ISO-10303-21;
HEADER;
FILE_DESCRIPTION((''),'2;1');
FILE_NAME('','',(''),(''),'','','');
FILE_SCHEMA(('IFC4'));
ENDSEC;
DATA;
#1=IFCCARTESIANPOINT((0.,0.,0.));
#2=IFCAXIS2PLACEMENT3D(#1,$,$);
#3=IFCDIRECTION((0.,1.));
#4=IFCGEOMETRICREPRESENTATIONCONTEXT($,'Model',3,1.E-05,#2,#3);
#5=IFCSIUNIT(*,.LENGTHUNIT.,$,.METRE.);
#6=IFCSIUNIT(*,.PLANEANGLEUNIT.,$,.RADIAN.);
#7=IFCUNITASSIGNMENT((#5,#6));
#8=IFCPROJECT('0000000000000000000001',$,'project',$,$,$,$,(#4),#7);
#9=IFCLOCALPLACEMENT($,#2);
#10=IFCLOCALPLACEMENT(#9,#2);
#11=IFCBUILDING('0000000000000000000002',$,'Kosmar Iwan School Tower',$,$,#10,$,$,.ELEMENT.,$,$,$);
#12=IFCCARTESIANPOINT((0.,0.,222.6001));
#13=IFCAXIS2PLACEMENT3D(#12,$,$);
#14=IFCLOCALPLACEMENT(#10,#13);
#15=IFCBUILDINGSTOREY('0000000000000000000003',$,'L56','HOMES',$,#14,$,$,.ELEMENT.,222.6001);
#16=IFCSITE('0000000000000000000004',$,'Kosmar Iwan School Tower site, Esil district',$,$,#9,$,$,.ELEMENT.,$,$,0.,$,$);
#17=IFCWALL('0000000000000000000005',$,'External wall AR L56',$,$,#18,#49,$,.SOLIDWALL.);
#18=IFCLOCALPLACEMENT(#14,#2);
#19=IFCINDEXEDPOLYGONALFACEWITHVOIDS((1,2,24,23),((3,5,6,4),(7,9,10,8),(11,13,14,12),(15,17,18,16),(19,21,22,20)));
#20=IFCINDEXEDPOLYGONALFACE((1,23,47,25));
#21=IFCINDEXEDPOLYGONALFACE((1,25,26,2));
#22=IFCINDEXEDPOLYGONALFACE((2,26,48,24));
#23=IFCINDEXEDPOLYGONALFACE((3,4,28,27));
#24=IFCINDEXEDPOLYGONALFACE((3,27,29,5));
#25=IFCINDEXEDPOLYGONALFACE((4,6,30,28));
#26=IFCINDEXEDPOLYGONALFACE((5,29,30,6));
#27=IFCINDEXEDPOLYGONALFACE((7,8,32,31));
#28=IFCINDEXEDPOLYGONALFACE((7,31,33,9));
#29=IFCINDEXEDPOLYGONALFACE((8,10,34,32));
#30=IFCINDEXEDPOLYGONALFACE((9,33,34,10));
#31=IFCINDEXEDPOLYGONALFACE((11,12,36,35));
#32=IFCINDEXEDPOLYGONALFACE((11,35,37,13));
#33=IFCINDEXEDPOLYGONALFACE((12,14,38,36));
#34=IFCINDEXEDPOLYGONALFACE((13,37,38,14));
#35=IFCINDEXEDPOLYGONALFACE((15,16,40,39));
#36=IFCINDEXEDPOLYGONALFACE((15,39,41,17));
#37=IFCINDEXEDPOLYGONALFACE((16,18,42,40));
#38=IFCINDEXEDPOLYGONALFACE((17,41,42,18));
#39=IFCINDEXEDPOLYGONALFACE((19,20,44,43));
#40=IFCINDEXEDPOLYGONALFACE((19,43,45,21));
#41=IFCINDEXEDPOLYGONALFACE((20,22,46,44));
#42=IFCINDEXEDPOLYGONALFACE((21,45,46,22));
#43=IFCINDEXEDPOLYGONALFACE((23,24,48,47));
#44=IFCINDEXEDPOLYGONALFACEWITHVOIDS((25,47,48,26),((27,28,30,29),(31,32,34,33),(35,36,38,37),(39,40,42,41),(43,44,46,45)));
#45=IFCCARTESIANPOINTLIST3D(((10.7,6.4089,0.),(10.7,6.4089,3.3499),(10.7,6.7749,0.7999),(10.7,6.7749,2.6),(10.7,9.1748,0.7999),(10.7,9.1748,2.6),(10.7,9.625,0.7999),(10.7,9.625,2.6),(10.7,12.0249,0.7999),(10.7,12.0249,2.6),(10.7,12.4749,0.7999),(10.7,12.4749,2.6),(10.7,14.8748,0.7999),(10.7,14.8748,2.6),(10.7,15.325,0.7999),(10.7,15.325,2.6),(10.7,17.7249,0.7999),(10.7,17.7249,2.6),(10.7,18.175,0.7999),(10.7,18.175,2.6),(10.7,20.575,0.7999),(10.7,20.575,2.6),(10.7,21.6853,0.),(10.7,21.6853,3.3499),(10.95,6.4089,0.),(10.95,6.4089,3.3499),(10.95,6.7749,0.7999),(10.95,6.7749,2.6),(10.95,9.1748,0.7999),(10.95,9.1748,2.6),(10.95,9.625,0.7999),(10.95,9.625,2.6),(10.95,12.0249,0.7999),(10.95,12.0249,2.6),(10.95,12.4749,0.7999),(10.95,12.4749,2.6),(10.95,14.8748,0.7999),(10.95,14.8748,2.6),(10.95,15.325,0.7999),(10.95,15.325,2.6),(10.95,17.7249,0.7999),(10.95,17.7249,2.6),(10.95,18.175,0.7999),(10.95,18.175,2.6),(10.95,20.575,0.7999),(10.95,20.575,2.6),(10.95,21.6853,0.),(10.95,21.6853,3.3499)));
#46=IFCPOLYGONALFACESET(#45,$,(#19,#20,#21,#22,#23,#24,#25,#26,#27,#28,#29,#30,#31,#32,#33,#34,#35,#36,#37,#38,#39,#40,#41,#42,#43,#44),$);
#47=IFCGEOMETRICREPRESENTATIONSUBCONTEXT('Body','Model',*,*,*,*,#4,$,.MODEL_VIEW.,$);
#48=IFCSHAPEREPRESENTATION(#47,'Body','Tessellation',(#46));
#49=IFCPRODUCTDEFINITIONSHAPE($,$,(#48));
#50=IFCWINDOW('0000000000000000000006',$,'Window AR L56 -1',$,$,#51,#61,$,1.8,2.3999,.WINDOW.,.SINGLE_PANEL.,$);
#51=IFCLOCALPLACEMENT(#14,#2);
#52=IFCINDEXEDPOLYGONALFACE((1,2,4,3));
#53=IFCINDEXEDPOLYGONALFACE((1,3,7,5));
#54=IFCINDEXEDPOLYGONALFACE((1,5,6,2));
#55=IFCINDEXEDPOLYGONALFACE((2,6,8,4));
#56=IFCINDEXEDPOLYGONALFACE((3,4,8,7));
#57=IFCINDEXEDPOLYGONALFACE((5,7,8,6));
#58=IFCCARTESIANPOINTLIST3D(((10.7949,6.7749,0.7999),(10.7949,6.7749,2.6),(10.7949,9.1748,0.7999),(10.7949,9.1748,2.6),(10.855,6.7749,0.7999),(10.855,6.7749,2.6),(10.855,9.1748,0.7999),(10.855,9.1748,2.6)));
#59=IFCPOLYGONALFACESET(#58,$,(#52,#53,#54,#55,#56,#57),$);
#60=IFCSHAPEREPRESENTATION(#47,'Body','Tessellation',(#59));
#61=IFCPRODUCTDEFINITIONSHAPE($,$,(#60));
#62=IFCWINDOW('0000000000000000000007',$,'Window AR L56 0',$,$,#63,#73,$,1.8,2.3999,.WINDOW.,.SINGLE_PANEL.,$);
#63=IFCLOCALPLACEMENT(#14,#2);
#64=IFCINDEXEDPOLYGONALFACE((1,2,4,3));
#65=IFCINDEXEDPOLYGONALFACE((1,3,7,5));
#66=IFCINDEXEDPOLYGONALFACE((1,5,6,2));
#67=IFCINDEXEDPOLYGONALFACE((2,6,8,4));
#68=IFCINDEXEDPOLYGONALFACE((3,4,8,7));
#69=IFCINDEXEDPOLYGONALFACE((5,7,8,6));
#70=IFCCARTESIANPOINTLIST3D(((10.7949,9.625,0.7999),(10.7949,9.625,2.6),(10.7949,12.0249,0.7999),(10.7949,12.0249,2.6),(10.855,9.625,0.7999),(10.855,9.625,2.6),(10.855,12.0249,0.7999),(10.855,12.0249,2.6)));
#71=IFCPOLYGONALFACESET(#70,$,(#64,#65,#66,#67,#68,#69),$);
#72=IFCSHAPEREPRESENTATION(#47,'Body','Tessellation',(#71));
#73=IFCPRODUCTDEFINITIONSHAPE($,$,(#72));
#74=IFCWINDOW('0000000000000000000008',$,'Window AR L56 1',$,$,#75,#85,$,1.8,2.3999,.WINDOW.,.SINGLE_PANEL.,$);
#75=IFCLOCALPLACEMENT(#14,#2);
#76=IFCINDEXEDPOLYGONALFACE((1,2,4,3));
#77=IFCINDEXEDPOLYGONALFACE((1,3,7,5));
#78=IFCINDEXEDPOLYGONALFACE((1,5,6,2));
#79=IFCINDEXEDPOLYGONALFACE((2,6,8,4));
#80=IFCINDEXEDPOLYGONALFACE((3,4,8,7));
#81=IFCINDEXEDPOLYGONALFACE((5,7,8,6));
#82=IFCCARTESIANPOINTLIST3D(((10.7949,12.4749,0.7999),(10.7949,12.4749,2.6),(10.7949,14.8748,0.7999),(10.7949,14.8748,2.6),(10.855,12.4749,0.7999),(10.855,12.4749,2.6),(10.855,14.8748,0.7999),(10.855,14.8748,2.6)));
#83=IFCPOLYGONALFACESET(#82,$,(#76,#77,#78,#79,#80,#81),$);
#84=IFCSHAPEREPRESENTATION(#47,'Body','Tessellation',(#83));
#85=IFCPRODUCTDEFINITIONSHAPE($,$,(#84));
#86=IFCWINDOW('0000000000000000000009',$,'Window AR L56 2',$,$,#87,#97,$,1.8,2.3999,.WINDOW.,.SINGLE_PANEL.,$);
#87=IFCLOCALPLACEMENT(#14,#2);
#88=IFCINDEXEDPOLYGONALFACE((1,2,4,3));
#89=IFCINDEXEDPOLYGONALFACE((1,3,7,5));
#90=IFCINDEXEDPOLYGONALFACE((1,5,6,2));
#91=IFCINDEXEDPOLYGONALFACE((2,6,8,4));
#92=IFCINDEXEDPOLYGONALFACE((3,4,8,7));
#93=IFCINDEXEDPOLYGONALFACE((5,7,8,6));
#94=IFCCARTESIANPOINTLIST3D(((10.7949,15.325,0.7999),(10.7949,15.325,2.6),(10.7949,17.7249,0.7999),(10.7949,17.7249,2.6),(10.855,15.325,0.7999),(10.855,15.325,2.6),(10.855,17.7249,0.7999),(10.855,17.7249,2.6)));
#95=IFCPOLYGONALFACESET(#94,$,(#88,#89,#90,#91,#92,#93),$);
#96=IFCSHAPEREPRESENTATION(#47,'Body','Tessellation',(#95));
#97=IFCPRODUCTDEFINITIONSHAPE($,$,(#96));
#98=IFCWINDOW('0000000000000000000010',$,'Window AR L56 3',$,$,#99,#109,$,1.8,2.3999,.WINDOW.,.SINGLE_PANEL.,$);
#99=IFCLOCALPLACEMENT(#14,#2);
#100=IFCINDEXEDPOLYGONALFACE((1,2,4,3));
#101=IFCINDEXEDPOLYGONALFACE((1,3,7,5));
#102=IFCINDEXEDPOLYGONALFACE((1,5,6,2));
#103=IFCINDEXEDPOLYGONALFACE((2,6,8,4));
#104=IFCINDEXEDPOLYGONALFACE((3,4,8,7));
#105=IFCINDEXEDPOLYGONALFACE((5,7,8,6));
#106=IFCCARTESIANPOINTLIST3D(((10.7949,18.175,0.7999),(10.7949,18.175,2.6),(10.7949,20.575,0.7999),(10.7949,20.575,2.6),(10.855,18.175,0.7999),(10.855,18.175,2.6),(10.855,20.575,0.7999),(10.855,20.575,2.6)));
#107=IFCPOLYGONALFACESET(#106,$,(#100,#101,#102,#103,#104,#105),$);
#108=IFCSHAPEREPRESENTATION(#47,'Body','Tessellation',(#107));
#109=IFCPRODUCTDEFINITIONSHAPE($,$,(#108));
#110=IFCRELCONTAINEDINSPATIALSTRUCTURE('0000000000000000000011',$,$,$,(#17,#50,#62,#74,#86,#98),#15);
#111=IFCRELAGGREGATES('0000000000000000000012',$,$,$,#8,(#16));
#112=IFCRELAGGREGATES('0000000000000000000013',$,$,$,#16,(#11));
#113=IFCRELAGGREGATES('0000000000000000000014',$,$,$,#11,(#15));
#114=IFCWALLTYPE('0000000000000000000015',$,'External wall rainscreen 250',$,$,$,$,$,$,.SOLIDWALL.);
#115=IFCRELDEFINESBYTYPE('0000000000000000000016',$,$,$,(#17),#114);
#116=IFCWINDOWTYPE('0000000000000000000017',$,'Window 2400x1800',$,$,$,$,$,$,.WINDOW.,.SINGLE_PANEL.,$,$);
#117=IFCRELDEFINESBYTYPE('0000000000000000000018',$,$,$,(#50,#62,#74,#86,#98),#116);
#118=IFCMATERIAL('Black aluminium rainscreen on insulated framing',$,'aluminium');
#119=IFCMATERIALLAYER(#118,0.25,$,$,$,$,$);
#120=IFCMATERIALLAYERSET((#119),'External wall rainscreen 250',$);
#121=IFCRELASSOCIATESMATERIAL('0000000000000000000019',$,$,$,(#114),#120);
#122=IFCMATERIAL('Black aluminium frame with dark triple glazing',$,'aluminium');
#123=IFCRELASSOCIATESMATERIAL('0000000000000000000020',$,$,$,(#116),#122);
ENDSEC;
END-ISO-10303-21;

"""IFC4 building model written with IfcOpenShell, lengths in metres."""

from ifc_helpers import new_model, si_unit, direction, frame, frame_2d, origin, place, context, subcontext, project, spatial, rectangle, extrude, material, layer, layer_set, type_object, element, fill, save


model = new_model("IFC4")

# Units and contexts
model_context = context("Model", 3, precision=1e-05, world=origin(), true_north=direction((0.0, 1.0)))
body_context = subcontext(model_context, "Body", "Model", "MODEL_VIEW")
ifc_project = project(units=[si_unit("LENGTHUNIT", "METRE"), si_unit("PLANEANGLEUNIT", "RADIAN")], contexts=[model_context])

# Site, building, storey
site_placement = place(None, origin())
site = spatial("IfcSite", under=ifc_project, at=site_placement, Name="Kosmar Iwan School Tower site, Esil district", CompositionType="ELEMENT", RefElevation=0.0)
building_placement = place(site_placement, origin())
building = spatial("IfcBuilding", under=site, at=building_placement, Name="Kosmar Iwan School Tower", CompositionType="ELEMENT")
storey_placement = place(building_placement, frame((0.0, 0.0, 222.6001)))
storey = spatial("IfcBuildingStorey", under=building, at=storey_placement, Name="L56", Description="HOMES", CompositionType="ELEMENT", Elevation=222.6001)

# Wall, openings, windows
ifc_material_1 = material(Name="Black aluminium rainscreen on insulated framing", Category="aluminium")
ifc_layer_1 = layer(ifc_material_1, 0.25)
ifc_layer_set_1 = layer_set([ifc_layer_1], Name="External wall rainscreen 250")
wall_type_1 = type_object("IfcWallType", Name="External wall rainscreen 250", PredefinedType="SOLIDWALL", material=ifc_layer_set_1)
ifc_material_2 = material(Name="Black aluminium frame with dark triple glazing", Category="aluminium")
window_type = type_object("IfcWindowType", Name="Window 2400x1800", PartitioningType="SINGLE_PANEL", PredefinedType="WINDOW", material=ifc_material_2)
wall_1_placement = place(storey_placement, frame((10.825, 6.4089, 0.0), z_axis=(0.0, 0.0, 1.0), x_axis=(0.0, 1.0, 0.0)))
wall_1 = element("IfcWall", 1, at=wall_1_placement, inside=storey, type_object=wall_type_1, Name="External wall AR L56", PredefinedType="SOLIDWALL", context=body_context, shape_type="SweptSolid", body=[
    extrude(rectangle(XDim=15.2764, YDim=0.25, at=frame_2d((7.6382, 0.0))), origin(), (0.0, 0.0, 1.0), 3.3499),
])
opening_1_placement = place(wall_1_placement, frame((0.366, 0.0, 0.8)))
opening_1 = element("IfcOpeningElement", 2, at=opening_1_placement, cuts=wall_1, PredefinedType="OPENING", context=body_context, shape_type="SweptSolid", body=[
    extrude(rectangle(XDim=2.3999, YDim=1.8, at=frame_2d((1.2, 0.8999))), frame((0.0, 0.137, 0.0), z_axis=(0.0, -1.0, 0.0), x_axis=(1.0, 0.0, 0.0)), (0.0, 0.0, 1.0), 0.2739),
])
opening_2_placement = place(wall_1_placement, frame((3.2161, 0.0, 0.8)))
opening_2 = element("IfcOpeningElement", 3, at=opening_2_placement, cuts=wall_1, PredefinedType="OPENING", context=body_context, shape_type="SweptSolid", body=[
    extrude(rectangle(XDim=2.3999, YDim=1.8, at=frame_2d((1.2, 0.8999))), frame((0.0, 0.137, 0.0), z_axis=(0.0, -1.0, 0.0), x_axis=(1.0, 0.0, 0.0)), (0.0, 0.0, 1.0), 0.2739),
])
opening_3_placement = place(wall_1_placement, frame((6.0659, 0.0, 0.8)))
opening_3 = element("IfcOpeningElement", 4, at=opening_3_placement, cuts=wall_1, PredefinedType="OPENING", context=body_context, shape_type="SweptSolid", body=[
    extrude(rectangle(XDim=2.3999, YDim=1.8, at=frame_2d((1.2, 0.8999))), frame((0.0, 0.137, 0.0), z_axis=(0.0, -1.0, 0.0), x_axis=(1.0, 0.0, 0.0)), (0.0, 0.0, 1.0), 0.2739),
])
opening_4_placement = place(wall_1_placement, frame((8.916, 0.0, 0.8)))
opening_4 = element("IfcOpeningElement", 5, at=opening_4_placement, cuts=wall_1, PredefinedType="OPENING", context=body_context, shape_type="SweptSolid", body=[
    extrude(rectangle(XDim=2.3999, YDim=1.8, at=frame_2d((1.2, 0.8999))), frame((0.0, 0.137, 0.0), z_axis=(0.0, -1.0, 0.0), x_axis=(1.0, 0.0, 0.0)), (0.0, 0.0, 1.0), 0.2739),
])
opening_5_placement = place(wall_1_placement, frame((11.7661, 0.0, 0.8)))
opening_5 = element("IfcOpeningElement", 6, at=opening_5_placement, cuts=wall_1, PredefinedType="OPENING", context=body_context, shape_type="SweptSolid", body=[
    extrude(rectangle(XDim=2.3999, YDim=1.8, at=frame_2d((1.2, 0.8999))), frame((0.0, 0.137, 0.0), z_axis=(0.0, -1.0, 0.0), x_axis=(1.0, 0.0, 0.0)), (0.0, 0.0, 1.0), 0.2739),
])
window_1_placement = place(opening_1_placement, origin())
window_1 = element("IfcWindow", 7, at=window_1_placement, inside=storey, type_object=window_type, Name="Window AR L56 -1", OverallHeight=1.8, OverallWidth=2.3999, PartitioningType="SINGLE_PANEL", PredefinedType="WINDOW", context=body_context, shape_type="SweptSolid", body=[
    extrude(rectangle(XDim=2.3999, YDim=1.8, at=frame_2d((1.2, 0.8999))), frame((0.0, 0.03, 0.0), z_axis=(0.0, -1.0, 0.0), x_axis=(1.0, 0.0, 0.0)), (0.0, 0.0, 1.0), 0.0601),
])
fill(opening_1, window_1)
window_2_placement = place(opening_2_placement, origin())
window_2 = element("IfcWindow", 8, at=window_2_placement, inside=storey, type_object=window_type, Name="Window AR L56 0", OverallHeight=1.8, OverallWidth=2.3999, PartitioningType="SINGLE_PANEL", PredefinedType="WINDOW", context=body_context, shape_type="SweptSolid", body=[
    extrude(rectangle(XDim=2.3999, YDim=1.8, at=frame_2d((1.2, 0.8999))), frame((0.0, 0.03, 0.0), z_axis=(0.0, -1.0, 0.0), x_axis=(1.0, 0.0, 0.0)), (0.0, 0.0, 1.0), 0.0601),
])
fill(opening_2, window_2)
window_3_placement = place(opening_3_placement, origin())
window_3 = element("IfcWindow", 9, at=window_3_placement, inside=storey, type_object=window_type, Name="Window AR L56 1", OverallHeight=1.8, OverallWidth=2.3999, PartitioningType="SINGLE_PANEL", PredefinedType="WINDOW", context=body_context, shape_type="SweptSolid", body=[
    extrude(rectangle(XDim=2.3999, YDim=1.8, at=frame_2d((1.2, 0.8999))), frame((0.0, 0.03, 0.0), z_axis=(0.0, -1.0, 0.0), x_axis=(1.0, 0.0, 0.0)), (0.0, 0.0, 1.0), 0.0601),
])
fill(opening_3, window_3)
window_4_placement = place(opening_4_placement, origin())
window_4 = element("IfcWindow", 10, at=window_4_placement, inside=storey, type_object=window_type, Name="Window AR L56 2", OverallHeight=1.8, OverallWidth=2.3999, PartitioningType="SINGLE_PANEL", PredefinedType="WINDOW", context=body_context, shape_type="SweptSolid", body=[
    extrude(rectangle(XDim=2.3999, YDim=1.8, at=frame_2d((1.2, 0.8999))), frame((0.0, 0.03, 0.0), z_axis=(0.0, -1.0, 0.0), x_axis=(1.0, 0.0, 0.0)), (0.0, 0.0, 1.0), 0.0601),
])
fill(opening_4, window_4)
window_5_placement = place(opening_5_placement, origin())
window_5 = element("IfcWindow", 11, at=window_5_placement, inside=storey, type_object=window_type, Name="Window AR L56 3", OverallHeight=1.8, OverallWidth=2.3999, PartitioningType="SINGLE_PANEL", PredefinedType="WINDOW", context=body_context, shape_type="SweptSolid", body=[
    extrude(rectangle(XDim=2.3999, YDim=1.8, at=frame_2d((1.2, 0.8999))), frame((0.0, 0.03, 0.0), z_axis=(0.0, -1.0, 0.0), x_axis=(1.0, 0.0, 0.0)), (0.0, 0.0, 1.0), 0.0601),
])
fill(opening_5, window_5)

save(model, "model.ifc")
